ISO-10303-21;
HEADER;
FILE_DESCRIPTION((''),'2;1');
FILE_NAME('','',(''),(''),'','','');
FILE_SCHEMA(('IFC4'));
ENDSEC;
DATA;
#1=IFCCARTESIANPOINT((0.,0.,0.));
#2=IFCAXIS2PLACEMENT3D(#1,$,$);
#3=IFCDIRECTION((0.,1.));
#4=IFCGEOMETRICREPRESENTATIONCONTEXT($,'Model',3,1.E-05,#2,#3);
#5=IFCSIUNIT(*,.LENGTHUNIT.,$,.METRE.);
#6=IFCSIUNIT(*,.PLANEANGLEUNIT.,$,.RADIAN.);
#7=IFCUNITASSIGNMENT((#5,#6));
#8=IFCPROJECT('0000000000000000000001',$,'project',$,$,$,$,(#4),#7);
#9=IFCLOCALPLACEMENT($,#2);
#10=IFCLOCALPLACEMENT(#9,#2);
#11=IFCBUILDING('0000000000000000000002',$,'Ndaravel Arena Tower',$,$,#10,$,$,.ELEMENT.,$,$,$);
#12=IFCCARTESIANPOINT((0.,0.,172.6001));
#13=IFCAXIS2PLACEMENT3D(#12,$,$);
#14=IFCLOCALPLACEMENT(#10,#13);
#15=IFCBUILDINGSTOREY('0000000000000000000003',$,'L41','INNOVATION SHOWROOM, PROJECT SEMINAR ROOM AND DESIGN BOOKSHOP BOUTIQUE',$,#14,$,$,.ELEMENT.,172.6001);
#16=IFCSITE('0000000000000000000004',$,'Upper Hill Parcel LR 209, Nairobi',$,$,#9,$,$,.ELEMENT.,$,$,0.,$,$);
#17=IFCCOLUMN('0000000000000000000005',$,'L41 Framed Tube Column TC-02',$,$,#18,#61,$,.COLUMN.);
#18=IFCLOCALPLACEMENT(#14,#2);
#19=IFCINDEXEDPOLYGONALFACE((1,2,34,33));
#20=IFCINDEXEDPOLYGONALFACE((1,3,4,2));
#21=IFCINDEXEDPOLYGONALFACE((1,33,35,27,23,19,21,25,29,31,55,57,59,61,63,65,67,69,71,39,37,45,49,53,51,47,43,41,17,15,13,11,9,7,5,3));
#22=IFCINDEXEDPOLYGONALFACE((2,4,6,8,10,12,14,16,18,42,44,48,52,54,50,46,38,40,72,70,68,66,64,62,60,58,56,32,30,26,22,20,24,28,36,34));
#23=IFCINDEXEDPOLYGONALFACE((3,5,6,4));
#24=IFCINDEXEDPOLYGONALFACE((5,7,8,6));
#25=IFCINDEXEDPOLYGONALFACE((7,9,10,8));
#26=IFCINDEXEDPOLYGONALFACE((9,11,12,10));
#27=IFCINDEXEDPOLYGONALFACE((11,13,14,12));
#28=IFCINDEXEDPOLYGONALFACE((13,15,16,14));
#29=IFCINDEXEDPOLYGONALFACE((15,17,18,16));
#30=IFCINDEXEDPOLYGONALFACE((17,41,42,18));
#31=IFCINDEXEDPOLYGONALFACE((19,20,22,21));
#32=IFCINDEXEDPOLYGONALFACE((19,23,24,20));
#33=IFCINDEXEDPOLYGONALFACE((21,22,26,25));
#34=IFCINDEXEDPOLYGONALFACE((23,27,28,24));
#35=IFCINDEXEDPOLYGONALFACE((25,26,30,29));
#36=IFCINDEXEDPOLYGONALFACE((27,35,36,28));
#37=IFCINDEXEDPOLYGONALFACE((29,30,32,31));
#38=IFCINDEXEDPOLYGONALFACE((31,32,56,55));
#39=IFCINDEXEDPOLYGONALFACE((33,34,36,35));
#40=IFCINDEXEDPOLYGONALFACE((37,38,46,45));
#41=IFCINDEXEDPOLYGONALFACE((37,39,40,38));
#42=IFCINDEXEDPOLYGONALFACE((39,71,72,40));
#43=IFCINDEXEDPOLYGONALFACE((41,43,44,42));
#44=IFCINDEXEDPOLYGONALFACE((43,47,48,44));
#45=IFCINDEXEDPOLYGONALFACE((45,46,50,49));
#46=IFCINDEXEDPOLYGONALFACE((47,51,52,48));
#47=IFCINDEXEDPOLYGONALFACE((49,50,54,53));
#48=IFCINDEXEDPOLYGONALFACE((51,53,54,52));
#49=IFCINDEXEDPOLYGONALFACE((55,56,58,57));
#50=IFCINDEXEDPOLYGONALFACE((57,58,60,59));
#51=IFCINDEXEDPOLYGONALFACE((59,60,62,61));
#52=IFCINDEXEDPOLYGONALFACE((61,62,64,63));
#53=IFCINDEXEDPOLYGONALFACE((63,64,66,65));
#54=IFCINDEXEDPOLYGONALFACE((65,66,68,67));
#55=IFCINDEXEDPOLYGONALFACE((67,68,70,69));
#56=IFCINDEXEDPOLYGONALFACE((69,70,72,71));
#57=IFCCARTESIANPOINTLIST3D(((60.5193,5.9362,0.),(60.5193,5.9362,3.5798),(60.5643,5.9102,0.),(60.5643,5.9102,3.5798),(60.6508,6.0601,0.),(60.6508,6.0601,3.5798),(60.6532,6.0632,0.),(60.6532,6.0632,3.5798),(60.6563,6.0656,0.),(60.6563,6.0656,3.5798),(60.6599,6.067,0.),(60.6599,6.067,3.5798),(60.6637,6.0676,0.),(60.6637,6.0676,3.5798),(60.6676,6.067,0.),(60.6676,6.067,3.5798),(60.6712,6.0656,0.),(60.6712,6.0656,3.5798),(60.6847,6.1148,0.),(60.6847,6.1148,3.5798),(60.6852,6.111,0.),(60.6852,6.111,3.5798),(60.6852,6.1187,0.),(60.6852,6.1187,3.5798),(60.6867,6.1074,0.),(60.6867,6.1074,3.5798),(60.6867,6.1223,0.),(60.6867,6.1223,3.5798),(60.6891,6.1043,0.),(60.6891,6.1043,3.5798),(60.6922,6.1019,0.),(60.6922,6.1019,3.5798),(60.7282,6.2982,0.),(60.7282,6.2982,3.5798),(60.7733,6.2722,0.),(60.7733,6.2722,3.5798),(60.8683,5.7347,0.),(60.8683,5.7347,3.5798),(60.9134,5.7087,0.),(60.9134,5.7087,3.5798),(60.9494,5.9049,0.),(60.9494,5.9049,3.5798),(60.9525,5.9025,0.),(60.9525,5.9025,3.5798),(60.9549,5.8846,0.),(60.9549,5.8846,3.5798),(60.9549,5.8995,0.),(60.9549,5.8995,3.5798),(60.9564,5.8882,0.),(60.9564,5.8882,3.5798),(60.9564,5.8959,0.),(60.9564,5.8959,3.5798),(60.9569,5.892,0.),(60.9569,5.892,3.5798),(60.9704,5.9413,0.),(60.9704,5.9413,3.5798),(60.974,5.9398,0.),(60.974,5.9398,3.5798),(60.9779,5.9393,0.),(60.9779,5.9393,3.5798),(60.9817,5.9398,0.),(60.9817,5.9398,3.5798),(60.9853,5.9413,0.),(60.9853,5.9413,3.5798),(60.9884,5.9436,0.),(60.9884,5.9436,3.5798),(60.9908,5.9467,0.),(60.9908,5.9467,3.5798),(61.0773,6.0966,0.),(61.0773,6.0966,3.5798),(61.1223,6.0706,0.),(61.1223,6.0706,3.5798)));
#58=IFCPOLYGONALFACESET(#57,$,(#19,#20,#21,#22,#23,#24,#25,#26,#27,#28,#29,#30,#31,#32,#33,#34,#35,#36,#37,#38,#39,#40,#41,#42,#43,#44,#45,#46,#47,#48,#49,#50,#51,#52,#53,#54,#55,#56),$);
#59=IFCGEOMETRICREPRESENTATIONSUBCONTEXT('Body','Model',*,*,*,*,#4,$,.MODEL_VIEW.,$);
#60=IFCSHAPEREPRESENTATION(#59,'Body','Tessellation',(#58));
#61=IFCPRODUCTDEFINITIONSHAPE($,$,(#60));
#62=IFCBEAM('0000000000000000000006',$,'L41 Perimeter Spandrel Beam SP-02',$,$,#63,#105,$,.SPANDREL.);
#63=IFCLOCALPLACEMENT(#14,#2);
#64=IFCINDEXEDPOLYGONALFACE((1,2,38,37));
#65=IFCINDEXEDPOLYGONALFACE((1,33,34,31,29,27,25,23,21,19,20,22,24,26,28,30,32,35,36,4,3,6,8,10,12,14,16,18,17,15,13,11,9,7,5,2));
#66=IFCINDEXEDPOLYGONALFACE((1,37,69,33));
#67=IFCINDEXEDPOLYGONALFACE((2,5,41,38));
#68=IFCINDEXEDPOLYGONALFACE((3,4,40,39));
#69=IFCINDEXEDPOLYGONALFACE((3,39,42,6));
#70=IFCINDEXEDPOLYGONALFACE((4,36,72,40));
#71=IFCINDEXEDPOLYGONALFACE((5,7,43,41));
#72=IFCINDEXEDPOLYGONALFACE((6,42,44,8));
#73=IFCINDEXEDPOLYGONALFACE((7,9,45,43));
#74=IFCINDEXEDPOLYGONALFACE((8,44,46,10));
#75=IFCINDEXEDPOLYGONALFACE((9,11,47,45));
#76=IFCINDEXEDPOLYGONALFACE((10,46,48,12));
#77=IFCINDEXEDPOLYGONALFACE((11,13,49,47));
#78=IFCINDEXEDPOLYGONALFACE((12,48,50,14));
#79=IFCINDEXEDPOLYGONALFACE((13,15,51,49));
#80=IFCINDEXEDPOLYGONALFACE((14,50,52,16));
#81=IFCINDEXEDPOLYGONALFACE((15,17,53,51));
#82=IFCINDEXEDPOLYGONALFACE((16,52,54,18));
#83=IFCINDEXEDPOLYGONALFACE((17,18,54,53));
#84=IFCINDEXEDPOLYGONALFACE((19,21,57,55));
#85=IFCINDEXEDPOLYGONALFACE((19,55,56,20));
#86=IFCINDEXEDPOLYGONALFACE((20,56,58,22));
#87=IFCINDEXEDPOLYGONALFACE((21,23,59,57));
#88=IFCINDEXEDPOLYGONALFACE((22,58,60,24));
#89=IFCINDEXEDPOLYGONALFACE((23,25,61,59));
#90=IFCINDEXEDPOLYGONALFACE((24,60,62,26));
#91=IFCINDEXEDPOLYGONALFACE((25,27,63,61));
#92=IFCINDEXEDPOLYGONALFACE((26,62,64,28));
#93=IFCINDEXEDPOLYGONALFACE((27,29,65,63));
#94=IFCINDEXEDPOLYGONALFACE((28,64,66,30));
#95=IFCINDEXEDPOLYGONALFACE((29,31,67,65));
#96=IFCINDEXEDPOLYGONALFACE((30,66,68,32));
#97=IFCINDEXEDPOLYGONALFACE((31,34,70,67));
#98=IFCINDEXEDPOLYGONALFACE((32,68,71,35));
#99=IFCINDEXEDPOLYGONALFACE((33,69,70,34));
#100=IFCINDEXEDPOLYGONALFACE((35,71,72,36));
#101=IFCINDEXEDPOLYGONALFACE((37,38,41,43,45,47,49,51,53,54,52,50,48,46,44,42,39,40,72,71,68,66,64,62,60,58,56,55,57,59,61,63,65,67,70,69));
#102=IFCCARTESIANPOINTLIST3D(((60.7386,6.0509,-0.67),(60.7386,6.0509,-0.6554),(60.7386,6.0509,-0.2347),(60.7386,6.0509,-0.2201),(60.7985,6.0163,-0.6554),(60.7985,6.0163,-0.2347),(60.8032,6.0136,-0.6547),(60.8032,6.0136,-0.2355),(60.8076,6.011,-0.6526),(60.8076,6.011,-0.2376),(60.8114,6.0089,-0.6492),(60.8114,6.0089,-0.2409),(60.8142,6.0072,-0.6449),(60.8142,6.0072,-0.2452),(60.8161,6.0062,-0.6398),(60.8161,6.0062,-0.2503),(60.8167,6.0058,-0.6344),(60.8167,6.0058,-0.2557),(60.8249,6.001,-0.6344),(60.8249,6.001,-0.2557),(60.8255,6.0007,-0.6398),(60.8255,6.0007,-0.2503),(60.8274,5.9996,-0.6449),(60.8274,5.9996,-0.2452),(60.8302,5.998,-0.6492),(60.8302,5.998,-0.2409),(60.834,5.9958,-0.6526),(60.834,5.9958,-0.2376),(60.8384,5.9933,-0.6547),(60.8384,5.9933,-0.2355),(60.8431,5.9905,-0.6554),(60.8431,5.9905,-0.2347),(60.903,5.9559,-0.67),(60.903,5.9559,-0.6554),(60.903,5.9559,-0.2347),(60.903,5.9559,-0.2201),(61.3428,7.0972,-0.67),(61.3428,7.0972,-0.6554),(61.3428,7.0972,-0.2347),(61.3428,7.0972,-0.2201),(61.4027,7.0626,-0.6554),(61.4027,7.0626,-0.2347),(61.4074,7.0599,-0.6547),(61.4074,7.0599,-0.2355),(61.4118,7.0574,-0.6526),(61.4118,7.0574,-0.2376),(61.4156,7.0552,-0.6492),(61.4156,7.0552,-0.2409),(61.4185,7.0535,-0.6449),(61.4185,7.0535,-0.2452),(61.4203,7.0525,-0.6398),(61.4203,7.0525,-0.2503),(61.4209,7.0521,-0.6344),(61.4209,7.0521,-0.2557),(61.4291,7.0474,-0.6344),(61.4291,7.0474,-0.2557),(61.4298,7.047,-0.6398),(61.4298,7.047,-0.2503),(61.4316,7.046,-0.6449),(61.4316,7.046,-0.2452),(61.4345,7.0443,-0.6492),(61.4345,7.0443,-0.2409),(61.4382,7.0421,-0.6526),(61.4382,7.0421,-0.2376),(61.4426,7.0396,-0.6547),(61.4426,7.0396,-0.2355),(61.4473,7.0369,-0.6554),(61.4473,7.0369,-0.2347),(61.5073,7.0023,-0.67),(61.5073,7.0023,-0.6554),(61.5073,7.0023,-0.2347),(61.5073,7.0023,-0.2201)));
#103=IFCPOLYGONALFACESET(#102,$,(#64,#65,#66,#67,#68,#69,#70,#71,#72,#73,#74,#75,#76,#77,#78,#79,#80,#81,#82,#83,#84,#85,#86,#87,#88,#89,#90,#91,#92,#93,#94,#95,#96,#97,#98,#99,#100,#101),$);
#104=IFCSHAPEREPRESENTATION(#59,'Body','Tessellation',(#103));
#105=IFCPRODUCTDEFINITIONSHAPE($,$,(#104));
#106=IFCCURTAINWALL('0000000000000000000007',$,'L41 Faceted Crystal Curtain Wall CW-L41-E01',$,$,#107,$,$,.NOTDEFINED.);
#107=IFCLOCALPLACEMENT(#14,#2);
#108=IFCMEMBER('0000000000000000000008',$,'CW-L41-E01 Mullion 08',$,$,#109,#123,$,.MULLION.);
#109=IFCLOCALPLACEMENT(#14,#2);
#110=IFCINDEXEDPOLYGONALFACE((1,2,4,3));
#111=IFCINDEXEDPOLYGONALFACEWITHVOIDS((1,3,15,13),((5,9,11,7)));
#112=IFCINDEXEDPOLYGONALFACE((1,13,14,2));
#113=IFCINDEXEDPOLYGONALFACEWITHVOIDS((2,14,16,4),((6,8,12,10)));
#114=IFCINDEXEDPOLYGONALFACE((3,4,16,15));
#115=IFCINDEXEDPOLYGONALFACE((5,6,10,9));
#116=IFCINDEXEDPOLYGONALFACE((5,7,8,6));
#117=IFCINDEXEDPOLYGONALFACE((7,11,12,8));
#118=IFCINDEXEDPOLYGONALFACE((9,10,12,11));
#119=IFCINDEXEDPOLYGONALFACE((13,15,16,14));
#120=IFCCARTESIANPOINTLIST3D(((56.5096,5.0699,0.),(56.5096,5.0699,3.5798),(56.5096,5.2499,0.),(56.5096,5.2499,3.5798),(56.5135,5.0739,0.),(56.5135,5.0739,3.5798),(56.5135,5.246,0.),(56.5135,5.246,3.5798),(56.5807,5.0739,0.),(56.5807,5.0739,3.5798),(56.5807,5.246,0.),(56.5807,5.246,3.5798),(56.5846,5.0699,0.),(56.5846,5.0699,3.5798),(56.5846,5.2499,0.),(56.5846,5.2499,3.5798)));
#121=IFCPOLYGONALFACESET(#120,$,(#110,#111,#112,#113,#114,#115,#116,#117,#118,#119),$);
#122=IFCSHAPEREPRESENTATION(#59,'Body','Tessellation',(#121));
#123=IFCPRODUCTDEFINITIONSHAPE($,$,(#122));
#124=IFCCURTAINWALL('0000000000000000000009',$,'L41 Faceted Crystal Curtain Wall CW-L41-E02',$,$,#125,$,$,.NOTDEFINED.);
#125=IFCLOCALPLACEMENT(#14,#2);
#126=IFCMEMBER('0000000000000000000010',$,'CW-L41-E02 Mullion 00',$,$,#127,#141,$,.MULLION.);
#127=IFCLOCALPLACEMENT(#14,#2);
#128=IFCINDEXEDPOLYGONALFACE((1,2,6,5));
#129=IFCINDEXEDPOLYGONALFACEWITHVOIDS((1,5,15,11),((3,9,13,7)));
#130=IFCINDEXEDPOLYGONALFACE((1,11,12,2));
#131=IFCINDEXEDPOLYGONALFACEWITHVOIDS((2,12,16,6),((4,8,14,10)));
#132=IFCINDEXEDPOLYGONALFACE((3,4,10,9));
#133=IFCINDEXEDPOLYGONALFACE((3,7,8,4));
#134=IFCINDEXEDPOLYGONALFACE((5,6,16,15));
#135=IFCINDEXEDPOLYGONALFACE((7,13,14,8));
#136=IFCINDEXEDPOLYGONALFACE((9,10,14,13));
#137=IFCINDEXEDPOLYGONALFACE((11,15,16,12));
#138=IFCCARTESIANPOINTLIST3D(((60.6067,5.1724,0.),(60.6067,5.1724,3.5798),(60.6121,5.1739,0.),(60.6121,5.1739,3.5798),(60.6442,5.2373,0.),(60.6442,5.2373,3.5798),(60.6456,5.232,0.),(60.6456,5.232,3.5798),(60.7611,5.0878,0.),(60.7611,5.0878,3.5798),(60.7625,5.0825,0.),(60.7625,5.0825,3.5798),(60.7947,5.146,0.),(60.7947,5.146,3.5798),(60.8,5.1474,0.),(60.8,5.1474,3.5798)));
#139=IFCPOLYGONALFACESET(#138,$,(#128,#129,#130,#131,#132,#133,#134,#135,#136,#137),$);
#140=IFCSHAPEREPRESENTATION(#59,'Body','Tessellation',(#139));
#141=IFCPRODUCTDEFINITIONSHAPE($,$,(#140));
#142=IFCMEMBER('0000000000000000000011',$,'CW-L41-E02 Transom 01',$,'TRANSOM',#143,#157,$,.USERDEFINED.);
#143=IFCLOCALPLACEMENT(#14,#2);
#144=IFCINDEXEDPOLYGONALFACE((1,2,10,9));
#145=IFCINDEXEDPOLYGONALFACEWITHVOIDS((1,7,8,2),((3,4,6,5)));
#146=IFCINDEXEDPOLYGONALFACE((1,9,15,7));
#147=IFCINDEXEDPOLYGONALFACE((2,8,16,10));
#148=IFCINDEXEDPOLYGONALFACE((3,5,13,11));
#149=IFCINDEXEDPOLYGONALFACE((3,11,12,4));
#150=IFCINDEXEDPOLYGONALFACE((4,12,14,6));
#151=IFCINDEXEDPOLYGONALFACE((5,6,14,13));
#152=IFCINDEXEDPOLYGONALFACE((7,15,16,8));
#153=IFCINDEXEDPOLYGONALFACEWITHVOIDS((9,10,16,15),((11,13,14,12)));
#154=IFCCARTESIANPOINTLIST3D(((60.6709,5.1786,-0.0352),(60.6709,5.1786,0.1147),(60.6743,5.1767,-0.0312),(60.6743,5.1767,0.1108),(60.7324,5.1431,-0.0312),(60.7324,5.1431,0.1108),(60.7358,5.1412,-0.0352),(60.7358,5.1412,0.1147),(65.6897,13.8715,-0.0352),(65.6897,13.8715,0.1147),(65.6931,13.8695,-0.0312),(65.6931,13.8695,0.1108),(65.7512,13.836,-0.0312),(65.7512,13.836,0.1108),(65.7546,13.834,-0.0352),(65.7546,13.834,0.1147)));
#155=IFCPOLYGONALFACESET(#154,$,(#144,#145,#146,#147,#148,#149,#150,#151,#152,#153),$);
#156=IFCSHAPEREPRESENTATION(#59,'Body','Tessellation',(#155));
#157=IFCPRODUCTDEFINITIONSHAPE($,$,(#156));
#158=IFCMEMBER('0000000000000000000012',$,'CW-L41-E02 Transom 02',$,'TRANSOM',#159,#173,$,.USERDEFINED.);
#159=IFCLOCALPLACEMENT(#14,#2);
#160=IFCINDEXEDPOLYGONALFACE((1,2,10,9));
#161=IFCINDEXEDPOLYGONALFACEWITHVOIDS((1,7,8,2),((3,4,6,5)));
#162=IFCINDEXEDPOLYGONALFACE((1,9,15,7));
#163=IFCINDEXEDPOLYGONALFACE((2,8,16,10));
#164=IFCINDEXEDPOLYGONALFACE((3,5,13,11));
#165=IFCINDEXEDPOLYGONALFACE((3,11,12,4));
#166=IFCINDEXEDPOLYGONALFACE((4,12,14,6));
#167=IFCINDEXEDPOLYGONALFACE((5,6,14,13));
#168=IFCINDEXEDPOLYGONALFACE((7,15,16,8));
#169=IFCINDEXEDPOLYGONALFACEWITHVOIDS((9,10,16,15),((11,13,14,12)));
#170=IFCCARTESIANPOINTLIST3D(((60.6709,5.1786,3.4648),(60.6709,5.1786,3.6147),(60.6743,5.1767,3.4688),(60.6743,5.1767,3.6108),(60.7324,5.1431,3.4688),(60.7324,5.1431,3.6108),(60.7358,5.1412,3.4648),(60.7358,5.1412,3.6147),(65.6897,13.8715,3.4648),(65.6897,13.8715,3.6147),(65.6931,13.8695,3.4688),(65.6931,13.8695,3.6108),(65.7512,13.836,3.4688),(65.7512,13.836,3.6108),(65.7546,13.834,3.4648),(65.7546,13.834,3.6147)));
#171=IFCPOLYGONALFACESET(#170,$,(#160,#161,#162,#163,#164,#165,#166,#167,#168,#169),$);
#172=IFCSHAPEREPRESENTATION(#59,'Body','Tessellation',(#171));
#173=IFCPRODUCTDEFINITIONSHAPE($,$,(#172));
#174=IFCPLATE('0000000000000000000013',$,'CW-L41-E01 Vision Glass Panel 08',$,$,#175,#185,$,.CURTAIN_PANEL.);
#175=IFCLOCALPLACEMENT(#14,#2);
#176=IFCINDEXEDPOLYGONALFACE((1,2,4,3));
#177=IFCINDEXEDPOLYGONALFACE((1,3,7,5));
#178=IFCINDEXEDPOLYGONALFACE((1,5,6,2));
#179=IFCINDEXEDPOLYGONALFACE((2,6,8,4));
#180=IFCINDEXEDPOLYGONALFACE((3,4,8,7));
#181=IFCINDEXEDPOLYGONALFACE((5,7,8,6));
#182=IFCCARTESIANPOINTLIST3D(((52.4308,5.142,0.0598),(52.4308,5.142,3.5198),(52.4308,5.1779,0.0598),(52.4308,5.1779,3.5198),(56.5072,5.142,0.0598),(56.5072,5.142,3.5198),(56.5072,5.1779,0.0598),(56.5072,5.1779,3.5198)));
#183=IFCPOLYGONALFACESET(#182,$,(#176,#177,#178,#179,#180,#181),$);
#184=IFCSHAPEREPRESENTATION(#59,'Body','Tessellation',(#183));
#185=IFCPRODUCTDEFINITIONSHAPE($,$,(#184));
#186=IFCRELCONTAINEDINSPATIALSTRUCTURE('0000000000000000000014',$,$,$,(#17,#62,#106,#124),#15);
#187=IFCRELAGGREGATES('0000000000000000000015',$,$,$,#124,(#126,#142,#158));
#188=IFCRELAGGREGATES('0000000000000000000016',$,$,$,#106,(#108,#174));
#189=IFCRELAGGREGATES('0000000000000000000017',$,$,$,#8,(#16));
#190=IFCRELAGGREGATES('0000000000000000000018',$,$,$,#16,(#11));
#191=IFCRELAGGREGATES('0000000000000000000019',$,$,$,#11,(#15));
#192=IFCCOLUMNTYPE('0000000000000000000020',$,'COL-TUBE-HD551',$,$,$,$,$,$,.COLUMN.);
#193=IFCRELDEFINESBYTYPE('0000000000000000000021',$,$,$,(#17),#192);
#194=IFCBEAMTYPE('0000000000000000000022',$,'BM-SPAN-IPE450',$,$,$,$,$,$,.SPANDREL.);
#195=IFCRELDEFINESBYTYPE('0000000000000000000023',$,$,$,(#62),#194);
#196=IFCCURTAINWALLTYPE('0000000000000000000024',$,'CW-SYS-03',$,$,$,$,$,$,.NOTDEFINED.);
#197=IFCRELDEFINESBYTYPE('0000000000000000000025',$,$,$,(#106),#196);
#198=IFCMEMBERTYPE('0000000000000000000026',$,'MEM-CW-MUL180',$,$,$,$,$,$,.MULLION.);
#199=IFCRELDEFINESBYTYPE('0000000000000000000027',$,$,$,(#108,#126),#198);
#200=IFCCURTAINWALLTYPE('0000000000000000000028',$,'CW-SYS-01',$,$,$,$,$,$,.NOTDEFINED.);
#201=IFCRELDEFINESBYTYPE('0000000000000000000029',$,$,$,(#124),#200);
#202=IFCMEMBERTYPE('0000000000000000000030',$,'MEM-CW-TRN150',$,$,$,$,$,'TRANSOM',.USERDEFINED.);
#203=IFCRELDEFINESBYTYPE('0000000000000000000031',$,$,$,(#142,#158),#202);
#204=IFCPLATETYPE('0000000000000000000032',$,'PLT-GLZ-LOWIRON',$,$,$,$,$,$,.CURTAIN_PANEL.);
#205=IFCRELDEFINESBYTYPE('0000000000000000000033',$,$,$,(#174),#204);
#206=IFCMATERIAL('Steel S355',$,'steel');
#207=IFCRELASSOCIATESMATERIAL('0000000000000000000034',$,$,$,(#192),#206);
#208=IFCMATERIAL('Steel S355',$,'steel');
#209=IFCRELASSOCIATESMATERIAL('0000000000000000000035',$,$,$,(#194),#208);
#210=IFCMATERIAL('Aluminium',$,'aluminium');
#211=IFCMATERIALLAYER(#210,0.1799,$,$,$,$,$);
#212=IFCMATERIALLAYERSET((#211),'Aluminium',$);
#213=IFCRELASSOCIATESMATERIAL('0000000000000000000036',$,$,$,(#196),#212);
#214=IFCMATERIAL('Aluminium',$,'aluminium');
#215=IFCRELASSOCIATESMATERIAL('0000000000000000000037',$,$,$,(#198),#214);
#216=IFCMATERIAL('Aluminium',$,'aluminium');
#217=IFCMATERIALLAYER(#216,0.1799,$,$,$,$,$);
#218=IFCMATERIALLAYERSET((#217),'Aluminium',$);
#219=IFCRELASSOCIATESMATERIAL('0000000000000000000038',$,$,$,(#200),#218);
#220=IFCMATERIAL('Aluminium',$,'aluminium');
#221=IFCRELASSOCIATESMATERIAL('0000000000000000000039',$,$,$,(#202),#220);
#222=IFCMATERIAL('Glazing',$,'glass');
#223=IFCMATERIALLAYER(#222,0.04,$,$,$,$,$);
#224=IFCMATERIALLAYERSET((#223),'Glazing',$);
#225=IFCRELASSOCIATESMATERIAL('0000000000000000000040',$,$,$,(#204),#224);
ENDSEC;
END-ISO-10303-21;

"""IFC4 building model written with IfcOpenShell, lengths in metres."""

from ifc_helpers import new_model, si_unit, direction, frame, origin, origin_2d, place, context, subcontext, project, spatial, rectangle, hollow_rectangle, i_section, extrude, material, layer, layer_set, material_profile, profile_set, type_object, element, aggregate, save


model = new_model("IFC4")

# Units and contexts
model_context = context("Model", 3, precision=1e-05, world=origin(), true_north=direction((0.0, 1.0)))
body_context = subcontext(model_context, "Body", "Model", "MODEL_VIEW")
ifc_project = project(units=[si_unit("LENGTHUNIT", "METRE"), si_unit("PLANEANGLEUNIT", "RADIAN")], contexts=[model_context])

# Site, building, storey
site_placement = place(None, origin())
site = spatial("IfcSite", under=ifc_project, at=site_placement, Name="Upper Hill Parcel LR 209, Nairobi", CompositionType="ELEMENT", RefElevation=0.0)
building_placement = place(site_placement, origin())
building = spatial("IfcBuilding", under=site, at=building_placement, Name="Ndaravel Arena Tower", CompositionType="ELEMENT")
storey_placement = place(building_placement, frame((0.0, 0.0, 172.6001)))
storey = spatial("IfcBuildingStorey", under=building, at=storey_placement, Name="L41", Description="INNOVATION SHOWROOM, PROJECT SEMINAR ROOM AND DESIGN BOOKSHOP BOUTIQUE", CompositionType="ELEMENT", Elevation=172.6001)

# Column
ifc_material_1 = material(Name="Steel S355", Category="steel")
ifc_material_profile_1 = material_profile(ifc_material_1, i_section(OverallWidth=0.418, OverallDepth=0.4551, WebThickness=0.042, FlangeThickness=0.052, FilletRadius=0.0149, at=origin_2d()), Name="HD 400x551")
ifc_profile_set_1 = profile_set([ifc_material_profile_1], Name="Steel S355")
column_type = type_object("IfcColumnType", Name="COL-TUBE-HD551", PredefinedType="COLUMN", material=ifc_profile_set_1)
column_placement = place(storey_placement, frame((60.8208, 6.0034, 0.0), z_axis=(0.0, 0.0, 1.0), x_axis=(0.5, 0.866025, 0.0)))
element("IfcColumn", 1, at=column_placement, inside=storey, type_object=column_type, Name="L41 Framed Tube Column TC-02", PredefinedType="COLUMN", context=body_context, shape_type="SweptSolid", body=[
    extrude(i_section(OverallWidth=0.418, OverallDepth=0.4551, WebThickness=0.042, FlangeThickness=0.052, FilletRadius=0.0149, at=origin_2d()), origin(), (0.0, 0.0, 1.0), 3.5798),
])

# Beam
ifc_material_2 = material(Name="Steel S355", Category="steel")
ifc_material_profile_2 = material_profile(ifc_material_2, i_section(OverallWidth=0.1899, OverallDepth=0.45, WebThickness=0.0095, FlangeThickness=0.0146, FilletRadius=0.021, at=origin_2d()), Name="IPE 450")
ifc_profile_set_2 = profile_set([ifc_material_profile_2], Name="Steel S355")
beam_type = type_object("IfcBeamType", Name="BM-SPAN-IPE450", PredefinedType="SPANDREL", material=ifc_profile_set_2)
beam_placement = place(storey_placement, frame((60.8208, 6.0034, -0.4451), z_axis=(0.500072, 0.865984, 0.0), x_axis=(-0.865984, 0.500072, 0.0)))
element("IfcBeam", 2, at=beam_placement, inside=storey, type_object=beam_type, Name="L41 Perimeter Spandrel Beam SP-02", PredefinedType="SPANDREL", context=body_context, shape_type="SweptSolid", body=[
    extrude(i_section(OverallWidth=0.1899, OverallDepth=0.45, WebThickness=0.0095, FlangeThickness=0.0146, FilletRadius=0.021, at=origin_2d()), origin(), (0.0, 0.0, 1.0), 1.2083),
])

# Curtain wall, member
ifc_material_3 = material(Name="Aluminium", Category="aluminium")
ifc_layer_1 = layer(ifc_material_3, 0.1799)
ifc_layer_set_1 = layer_set([ifc_layer_1], Name="Aluminium")
curtain_wall_type_1 = type_object("IfcCurtainWallType", Name="CW-SYS-03", PredefinedType="NOTDEFINED", material=ifc_layer_set_1)
curtain_wall_1_placement = place(storey_placement, origin())
curtain_wall_1 = element("IfcCurtainWall", 3, at=curtain_wall_1_placement, inside=storey, type_object=curtain_wall_type_1, Name="L41 Faceted Crystal Curtain Wall CW-L41-E01", PredefinedType="NOTDEFINED")
ifc_material_4 = material(Name="Aluminium", Category="aluminium")
ifc_material_profile_3 = material_profile(ifc_material_4, hollow_rectangle(XDim=0.075, YDim=0.1799, WallThickness=0.0039, at=origin_2d()), Name="CW MULLION 75x180x4")
ifc_profile_set_3 = profile_set([ifc_material_profile_3], Name="Aluminium")
member_type_1 = type_object("IfcMemberType", Name="MEM-CW-MUL180", PredefinedType="MULLION", material=ifc_profile_set_3)
member_1_placement = place(storey_placement, frame((56.5471, 5.1599, 0.0), z_axis=(0.0, 0.0, 1.0), x_axis=(1.0, 0.0, 0.0)))
member_1 = element("IfcMember", 4, at=member_1_placement, type_object=member_type_1, Name="CW-L41-E01 Mullion 08", PredefinedType="MULLION", context=body_context, shape_type="SweptSolid", body=[
    extrude(hollow_rectangle(XDim=0.075, YDim=0.1799, WallThickness=0.0039, at=origin_2d()), origin(), (0.0, 0.0, 1.0), 3.5798),
])

# Curtain wall, members
ifc_material_5 = material(Name="Aluminium", Category="aluminium")
ifc_layer_2 = layer(ifc_material_5, 0.1799)
ifc_layer_set_2 = layer_set([ifc_layer_2], Name="Aluminium")
curtain_wall_type_2 = type_object("IfcCurtainWallType", Name="CW-SYS-01", PredefinedType="NOTDEFINED", material=ifc_layer_set_2)
curtain_wall_2_placement = place(storey_placement, origin())
curtain_wall_2 = element("IfcCurtainWall", 5, at=curtain_wall_2_placement, inside=storey, type_object=curtain_wall_type_2, Name="L41 Faceted Crystal Curtain Wall CW-L41-E02", PredefinedType="NOTDEFINED")
member_2_placement = place(storey_placement, frame((60.7034, 5.1599, 0.0), z_axis=(0.0, 0.0, 1.0), x_axis=(0.5, 0.866025, 0.0)))
member_2 = element("IfcMember", 6, at=member_2_placement, type_object=member_type_1, Name="CW-L41-E02 Mullion 00", PredefinedType="MULLION", context=body_context, shape_type="SweptSolid", body=[
    extrude(hollow_rectangle(XDim=0.075, YDim=0.1799, WallThickness=0.0039, at=origin_2d()), origin(), (0.0, 0.0, 1.0), 3.5798),
])
ifc_material_6 = material(Name="Aluminium", Category="aluminium")
ifc_material_profile_4 = material_profile(ifc_material_6, hollow_rectangle(XDim=0.075, YDim=0.1499, WallThickness=0.0039, at=origin_2d()), Name="CW TRANSOM 75x150x4")
ifc_profile_set_4 = profile_set([ifc_material_profile_4], Name="Aluminium")
member_type_2 = type_object("IfcMemberType", Name="MEM-CW-TRN150", ElementType="TRANSOM", PredefinedType="USERDEFINED", material=ifc_profile_set_4)
member_3_placement = place(storey_placement, frame((60.7034, 5.1599, 0.0398), z_axis=(0.499998, 0.866027, 0.0), x_axis=(-0.866027, 0.499998, 0.0)))
member_3 = element("IfcMember", 7, at=member_3_placement, type_object=member_type_2, Name="CW-L41-E02 Transom 01", ObjectType="TRANSOM", PredefinedType="USERDEFINED", context=body_context, shape_type="SweptSolid", body=[
    extrude(hollow_rectangle(XDim=0.075, YDim=0.1499, WallThickness=0.0039, at=origin_2d()), origin(), (0.0, 0.0, 1.0), 10.0376),
])
member_4_placement = place(storey_placement, frame((60.7034, 5.1599, 3.5398), z_axis=(0.499998, 0.866027, 0.0), x_axis=(-0.866027, 0.499998, 0.0)))
member_4 = element("IfcMember", 8, at=member_4_placement, type_object=member_type_2, Name="CW-L41-E02 Transom 02", ObjectType="TRANSOM", PredefinedType="USERDEFINED", context=body_context, shape_type="SweptSolid", body=[
    extrude(hollow_rectangle(XDim=0.075, YDim=0.1499, WallThickness=0.0039, at=origin_2d()), origin(), (0.0, 0.0, 1.0), 10.0376),
])
aggregate(curtain_wall_2, [member_2, member_3, member_4])

# Plate
ifc_material_7 = material(Name="Glazing", Category="glass")
ifc_layer_3 = layer(ifc_material_7, 0.04)
ifc_layer_set_3 = layer_set([ifc_layer_3], Name="Glazing")
plate_type = type_object("IfcPlateType", Name="PLT-GLZ-LOWIRON", PredefinedType="CURTAIN_PANEL", material=ifc_layer_set_3)
plate_1_placement = place(storey_placement, frame((54.469, 5.1599, 0.0598), z_axis=(0.0, 0.0, 1.0), x_axis=(1.0, 0.0, 0.0)))
plate_1 = element("IfcPlate", 9, at=plate_1_placement, type_object=plate_type, Name="CW-L41-E01 Vision Glass Panel 08", PredefinedType="CURTAIN_PANEL", context=body_context, shape_type="SweptSolid", body=[
    extrude(rectangle(XDim=4.0764, YDim=0.0359, at=origin_2d()), origin(), (0.0, 0.0, 1.0), 3.46),
])
aggregate(curtain_wall_1, [member_1, plate_1])

save(model, "model.ifc")
